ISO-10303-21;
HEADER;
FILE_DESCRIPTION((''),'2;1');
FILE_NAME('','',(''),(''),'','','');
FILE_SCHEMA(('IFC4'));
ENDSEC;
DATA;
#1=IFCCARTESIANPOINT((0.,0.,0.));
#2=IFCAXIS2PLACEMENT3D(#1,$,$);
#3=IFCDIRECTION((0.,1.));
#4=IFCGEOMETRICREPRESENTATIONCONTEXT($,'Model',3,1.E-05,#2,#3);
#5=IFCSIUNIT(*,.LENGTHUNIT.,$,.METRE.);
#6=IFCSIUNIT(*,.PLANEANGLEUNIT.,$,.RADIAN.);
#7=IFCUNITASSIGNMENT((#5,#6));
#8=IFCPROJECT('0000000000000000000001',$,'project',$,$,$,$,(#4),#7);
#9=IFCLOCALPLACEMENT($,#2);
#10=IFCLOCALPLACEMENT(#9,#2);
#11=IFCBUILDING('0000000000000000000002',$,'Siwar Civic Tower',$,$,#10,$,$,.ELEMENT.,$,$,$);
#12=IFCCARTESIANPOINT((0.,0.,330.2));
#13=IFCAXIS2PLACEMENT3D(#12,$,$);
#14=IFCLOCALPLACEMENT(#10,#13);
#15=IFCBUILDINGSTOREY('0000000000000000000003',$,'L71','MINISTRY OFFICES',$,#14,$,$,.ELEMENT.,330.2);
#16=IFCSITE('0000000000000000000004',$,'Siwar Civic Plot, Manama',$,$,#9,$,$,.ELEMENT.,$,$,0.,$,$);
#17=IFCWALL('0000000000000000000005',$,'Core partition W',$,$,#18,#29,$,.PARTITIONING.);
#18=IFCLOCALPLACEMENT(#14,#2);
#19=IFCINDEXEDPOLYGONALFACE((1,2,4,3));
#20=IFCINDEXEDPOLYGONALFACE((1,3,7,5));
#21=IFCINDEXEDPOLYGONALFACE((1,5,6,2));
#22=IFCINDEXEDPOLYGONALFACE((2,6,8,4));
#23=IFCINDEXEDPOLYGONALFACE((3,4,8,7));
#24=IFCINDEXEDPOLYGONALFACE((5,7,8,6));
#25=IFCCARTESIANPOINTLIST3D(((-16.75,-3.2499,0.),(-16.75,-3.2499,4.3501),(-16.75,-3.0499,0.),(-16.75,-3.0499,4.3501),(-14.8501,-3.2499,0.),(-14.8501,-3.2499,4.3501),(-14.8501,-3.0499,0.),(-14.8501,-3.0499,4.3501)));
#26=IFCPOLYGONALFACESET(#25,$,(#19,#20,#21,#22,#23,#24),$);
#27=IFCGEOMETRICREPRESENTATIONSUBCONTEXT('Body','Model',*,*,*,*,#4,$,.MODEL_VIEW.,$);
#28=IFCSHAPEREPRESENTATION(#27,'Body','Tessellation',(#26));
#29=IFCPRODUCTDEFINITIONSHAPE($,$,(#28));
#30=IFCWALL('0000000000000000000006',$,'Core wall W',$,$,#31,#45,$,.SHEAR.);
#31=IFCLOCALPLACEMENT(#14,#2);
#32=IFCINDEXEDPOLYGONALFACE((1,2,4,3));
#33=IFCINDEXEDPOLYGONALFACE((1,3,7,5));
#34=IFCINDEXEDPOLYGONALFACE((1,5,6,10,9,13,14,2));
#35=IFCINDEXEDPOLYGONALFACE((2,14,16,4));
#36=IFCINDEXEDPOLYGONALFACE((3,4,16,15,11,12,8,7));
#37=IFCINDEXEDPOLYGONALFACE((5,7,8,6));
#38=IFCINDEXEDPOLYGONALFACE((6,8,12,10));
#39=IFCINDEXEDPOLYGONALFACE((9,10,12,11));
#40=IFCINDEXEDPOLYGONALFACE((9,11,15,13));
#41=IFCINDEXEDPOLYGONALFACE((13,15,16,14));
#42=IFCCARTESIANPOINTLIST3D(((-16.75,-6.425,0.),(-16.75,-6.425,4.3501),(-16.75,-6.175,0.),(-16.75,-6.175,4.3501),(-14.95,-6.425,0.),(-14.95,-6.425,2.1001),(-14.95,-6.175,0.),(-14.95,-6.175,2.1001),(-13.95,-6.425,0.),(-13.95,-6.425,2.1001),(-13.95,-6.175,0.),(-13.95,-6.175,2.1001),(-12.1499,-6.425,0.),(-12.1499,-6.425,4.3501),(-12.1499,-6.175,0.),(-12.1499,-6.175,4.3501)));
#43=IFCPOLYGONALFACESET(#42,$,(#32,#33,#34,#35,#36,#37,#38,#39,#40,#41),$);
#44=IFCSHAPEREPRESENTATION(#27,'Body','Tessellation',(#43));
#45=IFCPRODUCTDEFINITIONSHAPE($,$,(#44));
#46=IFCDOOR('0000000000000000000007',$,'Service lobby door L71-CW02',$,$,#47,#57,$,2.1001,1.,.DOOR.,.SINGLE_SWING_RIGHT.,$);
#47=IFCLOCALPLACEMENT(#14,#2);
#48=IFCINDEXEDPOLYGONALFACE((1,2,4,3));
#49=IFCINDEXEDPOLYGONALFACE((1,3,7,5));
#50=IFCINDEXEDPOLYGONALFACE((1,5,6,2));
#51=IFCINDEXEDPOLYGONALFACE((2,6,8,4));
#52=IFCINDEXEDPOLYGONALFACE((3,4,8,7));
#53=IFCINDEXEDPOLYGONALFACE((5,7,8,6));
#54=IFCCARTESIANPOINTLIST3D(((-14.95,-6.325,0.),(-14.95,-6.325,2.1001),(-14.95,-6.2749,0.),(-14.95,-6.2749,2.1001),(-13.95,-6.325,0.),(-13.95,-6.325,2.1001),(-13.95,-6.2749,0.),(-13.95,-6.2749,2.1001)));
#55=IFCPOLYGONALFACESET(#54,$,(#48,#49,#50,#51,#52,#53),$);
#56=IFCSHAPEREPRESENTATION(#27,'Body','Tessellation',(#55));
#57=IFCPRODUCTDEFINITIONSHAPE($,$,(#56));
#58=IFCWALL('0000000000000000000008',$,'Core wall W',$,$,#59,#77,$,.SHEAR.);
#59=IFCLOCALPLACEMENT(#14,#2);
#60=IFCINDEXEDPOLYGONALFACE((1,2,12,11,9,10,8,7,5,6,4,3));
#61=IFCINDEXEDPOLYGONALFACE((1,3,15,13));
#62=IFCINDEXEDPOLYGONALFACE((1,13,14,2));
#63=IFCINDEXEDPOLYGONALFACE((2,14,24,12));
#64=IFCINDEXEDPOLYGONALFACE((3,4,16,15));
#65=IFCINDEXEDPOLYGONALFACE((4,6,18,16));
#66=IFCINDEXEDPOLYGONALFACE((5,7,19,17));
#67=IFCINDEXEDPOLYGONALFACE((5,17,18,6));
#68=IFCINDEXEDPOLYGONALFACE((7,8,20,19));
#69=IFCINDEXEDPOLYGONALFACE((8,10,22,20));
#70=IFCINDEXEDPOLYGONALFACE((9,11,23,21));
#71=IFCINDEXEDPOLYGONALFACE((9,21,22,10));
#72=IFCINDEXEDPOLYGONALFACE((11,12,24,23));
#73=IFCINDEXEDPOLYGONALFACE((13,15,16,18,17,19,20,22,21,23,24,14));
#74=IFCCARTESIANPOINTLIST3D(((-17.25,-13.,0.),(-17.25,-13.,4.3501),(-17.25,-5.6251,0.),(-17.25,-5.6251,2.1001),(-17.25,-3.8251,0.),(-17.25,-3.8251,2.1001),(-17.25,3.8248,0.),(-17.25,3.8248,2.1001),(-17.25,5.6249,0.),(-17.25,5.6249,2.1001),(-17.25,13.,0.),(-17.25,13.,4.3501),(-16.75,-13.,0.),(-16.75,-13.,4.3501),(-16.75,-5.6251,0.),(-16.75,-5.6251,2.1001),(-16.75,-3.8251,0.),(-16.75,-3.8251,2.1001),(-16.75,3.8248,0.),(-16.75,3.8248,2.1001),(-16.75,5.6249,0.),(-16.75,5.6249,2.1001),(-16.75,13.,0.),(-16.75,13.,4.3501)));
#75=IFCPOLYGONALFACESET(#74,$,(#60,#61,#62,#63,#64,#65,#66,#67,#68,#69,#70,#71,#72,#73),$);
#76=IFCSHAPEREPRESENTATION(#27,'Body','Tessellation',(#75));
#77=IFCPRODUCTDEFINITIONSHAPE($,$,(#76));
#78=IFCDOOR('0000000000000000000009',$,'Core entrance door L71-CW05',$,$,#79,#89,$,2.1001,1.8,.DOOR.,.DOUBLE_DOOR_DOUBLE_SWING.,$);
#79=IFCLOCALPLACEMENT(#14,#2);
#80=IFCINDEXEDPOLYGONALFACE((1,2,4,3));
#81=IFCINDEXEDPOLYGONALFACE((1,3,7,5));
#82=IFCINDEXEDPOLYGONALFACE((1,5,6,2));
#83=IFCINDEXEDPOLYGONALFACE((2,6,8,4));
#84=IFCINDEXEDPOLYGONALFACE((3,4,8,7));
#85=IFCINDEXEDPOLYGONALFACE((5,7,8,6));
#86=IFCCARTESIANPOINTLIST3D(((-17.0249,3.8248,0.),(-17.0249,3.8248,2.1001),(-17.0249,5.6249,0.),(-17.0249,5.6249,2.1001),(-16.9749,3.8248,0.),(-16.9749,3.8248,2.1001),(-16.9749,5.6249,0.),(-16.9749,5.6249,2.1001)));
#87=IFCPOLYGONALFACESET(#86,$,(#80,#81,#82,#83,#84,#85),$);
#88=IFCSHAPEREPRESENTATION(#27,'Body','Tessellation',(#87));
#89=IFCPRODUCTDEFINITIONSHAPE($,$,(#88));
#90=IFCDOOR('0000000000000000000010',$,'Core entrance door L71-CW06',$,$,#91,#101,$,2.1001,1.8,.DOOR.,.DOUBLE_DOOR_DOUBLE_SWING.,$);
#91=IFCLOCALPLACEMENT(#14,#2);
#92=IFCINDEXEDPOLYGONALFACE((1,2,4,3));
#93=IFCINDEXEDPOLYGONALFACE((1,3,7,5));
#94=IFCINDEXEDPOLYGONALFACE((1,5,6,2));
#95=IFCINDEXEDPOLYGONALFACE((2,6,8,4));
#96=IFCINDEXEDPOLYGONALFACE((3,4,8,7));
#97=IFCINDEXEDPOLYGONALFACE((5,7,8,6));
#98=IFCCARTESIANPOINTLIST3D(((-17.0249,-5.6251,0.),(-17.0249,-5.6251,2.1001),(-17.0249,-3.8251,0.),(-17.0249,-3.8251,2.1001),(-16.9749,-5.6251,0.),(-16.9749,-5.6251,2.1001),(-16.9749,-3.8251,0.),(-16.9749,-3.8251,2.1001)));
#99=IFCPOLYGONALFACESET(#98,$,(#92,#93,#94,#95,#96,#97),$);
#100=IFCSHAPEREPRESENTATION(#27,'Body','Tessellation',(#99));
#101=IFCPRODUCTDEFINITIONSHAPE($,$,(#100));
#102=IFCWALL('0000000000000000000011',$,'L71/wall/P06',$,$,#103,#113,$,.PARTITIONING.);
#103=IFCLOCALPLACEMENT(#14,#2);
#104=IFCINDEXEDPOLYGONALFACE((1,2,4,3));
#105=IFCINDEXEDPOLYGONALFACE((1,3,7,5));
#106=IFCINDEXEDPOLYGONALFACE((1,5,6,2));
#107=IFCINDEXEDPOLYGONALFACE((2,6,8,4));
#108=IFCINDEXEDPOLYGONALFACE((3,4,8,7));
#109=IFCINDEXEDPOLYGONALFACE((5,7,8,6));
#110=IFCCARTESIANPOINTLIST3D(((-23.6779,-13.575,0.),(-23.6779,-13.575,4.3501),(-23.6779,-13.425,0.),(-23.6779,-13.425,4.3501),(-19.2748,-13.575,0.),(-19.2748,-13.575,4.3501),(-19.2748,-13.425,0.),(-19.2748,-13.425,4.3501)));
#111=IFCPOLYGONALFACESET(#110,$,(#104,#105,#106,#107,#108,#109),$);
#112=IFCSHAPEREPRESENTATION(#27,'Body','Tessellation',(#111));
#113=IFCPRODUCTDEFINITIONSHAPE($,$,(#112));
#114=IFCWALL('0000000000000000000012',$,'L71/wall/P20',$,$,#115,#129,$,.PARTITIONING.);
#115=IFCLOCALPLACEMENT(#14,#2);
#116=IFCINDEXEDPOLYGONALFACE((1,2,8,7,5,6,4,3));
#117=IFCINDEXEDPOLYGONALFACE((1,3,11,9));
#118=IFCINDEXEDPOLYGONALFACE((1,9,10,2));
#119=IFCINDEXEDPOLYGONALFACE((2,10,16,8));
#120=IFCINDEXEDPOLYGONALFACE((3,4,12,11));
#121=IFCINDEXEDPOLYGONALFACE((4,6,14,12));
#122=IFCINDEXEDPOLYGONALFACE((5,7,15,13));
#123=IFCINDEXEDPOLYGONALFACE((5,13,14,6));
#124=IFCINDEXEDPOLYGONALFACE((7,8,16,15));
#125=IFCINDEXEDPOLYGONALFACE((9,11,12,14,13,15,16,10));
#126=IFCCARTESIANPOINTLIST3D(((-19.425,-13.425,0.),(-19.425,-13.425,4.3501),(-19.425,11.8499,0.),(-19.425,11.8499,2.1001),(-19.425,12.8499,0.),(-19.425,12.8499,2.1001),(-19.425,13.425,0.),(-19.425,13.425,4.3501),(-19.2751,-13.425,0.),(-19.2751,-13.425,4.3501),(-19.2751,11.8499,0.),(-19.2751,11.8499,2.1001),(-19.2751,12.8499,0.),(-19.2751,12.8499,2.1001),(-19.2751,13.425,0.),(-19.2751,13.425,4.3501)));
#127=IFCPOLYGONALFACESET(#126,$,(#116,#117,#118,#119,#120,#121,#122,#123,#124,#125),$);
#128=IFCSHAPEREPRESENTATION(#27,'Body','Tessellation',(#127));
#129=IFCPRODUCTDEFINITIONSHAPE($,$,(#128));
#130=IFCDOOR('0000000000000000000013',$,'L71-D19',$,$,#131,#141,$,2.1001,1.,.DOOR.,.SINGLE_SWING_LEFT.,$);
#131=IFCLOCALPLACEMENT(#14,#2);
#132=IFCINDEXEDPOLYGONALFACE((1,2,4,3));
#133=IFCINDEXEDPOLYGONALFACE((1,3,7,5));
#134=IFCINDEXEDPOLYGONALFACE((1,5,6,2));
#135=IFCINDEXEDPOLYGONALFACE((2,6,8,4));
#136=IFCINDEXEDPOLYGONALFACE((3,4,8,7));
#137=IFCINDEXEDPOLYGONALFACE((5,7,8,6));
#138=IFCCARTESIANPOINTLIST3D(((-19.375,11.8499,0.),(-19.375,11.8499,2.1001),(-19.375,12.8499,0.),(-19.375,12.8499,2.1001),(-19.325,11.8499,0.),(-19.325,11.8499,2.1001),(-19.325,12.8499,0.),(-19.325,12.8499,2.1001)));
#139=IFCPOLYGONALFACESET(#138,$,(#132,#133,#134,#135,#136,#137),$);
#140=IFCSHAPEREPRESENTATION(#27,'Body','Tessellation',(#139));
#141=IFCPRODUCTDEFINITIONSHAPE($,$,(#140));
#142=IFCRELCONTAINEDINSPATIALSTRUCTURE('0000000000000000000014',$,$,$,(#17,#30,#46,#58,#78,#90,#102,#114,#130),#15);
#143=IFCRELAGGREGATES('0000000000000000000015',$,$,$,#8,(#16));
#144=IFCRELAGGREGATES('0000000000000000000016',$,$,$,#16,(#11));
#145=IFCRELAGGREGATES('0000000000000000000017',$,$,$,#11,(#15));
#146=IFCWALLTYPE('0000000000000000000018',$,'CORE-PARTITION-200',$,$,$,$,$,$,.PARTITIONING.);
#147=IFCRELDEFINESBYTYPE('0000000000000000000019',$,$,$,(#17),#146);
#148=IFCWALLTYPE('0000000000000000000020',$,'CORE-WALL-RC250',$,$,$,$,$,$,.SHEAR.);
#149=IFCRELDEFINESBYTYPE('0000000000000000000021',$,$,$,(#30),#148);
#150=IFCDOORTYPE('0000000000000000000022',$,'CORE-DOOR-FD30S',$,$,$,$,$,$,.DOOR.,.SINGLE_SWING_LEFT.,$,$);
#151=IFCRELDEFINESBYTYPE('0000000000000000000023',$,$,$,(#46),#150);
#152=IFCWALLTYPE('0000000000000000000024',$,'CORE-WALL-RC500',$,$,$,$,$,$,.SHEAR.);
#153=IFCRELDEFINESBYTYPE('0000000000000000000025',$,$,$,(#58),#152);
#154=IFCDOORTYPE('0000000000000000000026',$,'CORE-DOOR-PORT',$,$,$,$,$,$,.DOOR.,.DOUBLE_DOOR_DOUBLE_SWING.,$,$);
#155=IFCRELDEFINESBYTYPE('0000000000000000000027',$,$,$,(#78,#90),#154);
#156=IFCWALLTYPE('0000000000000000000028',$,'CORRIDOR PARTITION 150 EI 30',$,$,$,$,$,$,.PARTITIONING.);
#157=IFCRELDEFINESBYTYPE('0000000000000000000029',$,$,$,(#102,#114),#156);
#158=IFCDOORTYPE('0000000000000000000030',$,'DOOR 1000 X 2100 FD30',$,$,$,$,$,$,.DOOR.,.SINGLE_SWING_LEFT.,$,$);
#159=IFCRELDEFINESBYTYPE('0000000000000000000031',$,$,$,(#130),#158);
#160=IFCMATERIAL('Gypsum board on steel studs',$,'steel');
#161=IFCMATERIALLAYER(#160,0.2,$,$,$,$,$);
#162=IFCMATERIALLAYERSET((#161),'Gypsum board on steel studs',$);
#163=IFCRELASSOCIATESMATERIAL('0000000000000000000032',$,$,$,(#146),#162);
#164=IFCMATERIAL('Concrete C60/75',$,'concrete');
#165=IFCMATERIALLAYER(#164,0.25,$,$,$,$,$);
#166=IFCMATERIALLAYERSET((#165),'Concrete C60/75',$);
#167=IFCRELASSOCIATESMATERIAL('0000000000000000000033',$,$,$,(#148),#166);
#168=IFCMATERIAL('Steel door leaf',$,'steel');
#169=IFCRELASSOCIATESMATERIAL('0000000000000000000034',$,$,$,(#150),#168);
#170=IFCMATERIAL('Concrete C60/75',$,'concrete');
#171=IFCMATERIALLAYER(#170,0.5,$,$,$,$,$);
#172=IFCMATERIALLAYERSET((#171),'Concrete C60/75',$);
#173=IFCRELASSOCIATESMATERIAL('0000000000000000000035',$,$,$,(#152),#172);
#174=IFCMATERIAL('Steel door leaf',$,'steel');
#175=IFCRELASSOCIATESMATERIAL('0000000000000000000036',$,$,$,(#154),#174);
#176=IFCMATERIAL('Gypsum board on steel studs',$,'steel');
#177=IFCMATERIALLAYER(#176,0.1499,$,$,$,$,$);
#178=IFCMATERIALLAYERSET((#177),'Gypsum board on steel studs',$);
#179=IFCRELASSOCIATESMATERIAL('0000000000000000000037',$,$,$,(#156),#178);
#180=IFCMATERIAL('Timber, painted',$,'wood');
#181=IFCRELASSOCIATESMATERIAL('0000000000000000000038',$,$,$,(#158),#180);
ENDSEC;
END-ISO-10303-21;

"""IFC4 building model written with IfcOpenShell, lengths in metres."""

from ifc_helpers import new_model, si_unit, direction, frame, frame_2d, origin, place, context, subcontext, project, spatial, rectangle, extrude, material, layer, layer_set, type_object, element, fill, save


model = new_model("IFC4")

# Units and contexts
model_context = context("Model", 3, precision=1e-05, world=origin(), true_north=direction((0.0, 1.0)))
body_context = subcontext(model_context, "Body", "Model", "MODEL_VIEW")
ifc_project = project(units=[si_unit("LENGTHUNIT", "METRE"), si_unit("PLANEANGLEUNIT", "RADIAN")], contexts=[model_context])

# Site, building, storey
site_placement = place(None, origin())
site = spatial("IfcSite", under=ifc_project, at=site_placement, Name="Siwar Civic Plot, Manama", CompositionType="ELEMENT", RefElevation=0.0)
building_placement = place(site_placement, origin())
building = spatial("IfcBuilding", under=site, at=building_placement, Name="Siwar Civic Tower", CompositionType="ELEMENT")
storey_placement = place(building_placement, frame((0.0, 0.0, 330.2)))
storey = spatial("IfcBuildingStorey", under=building, at=storey_placement, Name="L71", Description="MINISTRY OFFICES", CompositionType="ELEMENT", Elevation=330.2)

# Shared definitions
ifc_material_1 = material(Name="Gypsum board on steel studs", Category="steel")
ifc_layer_1 = layer(ifc_material_1, 0.2)
ifc_layer_set_1 = layer_set([ifc_layer_1], Name="Gypsum board on steel studs")
wall_type_1 = type_object("IfcWallType", Name="CORE-PARTITION-200", PredefinedType="PARTITIONING", material=ifc_layer_set_1)

# Wall
wall_1_placement = place(storey_placement, frame((-14.8501, -3.1499, 0.0), z_axis=(0.0, 0.0, 1.0), x_axis=(-1.0, 0.0, 0.0)))
element("IfcWall", 1, at=wall_1_placement, inside=storey, type_object=wall_type_1, Name="Core partition W", PredefinedType="PARTITIONING", context=body_context, shape_type="SweptSolid", body=[
    extrude(rectangle(XDim=1.8999, YDim=0.2, at=frame_2d((0.95, 0.0))), origin(), (0.0, 0.0, 1.0), 4.3501),
])

# Wall, opening, door
ifc_material_2 = material(Name="Concrete C60/75", Category="concrete")
ifc_layer_2 = layer(ifc_material_2, 0.25)
ifc_layer_set_2 = layer_set([ifc_layer_2], Name="Concrete C60/75")
wall_type_2 = type_object("IfcWallType", Name="CORE-WALL-RC250", PredefinedType="SHEAR", material=ifc_layer_set_2)
wall_2_placement = place(storey_placement, frame((-12.1499, -6.3, 0.0), z_axis=(0.0, 0.0, 1.0), x_axis=(-1.0, 0.0, 0.0)))
wall_2 = element("IfcWall", 2, at=wall_2_placement, inside=storey, type_object=wall_type_2, Name="Core wall W", PredefinedType="SHEAR", context=body_context, shape_type="SweptSolid", body=[
    extrude(rectangle(XDim=4.6001, YDim=0.25, at=frame_2d((2.3, 0.0))), origin(), (0.0, 0.0, 1.0), 4.3501),
])
opening_1_placement = place(wall_2_placement, frame((1.8, 0.0, 0.0)))
opening_1 = element("IfcOpeningElement", 3, at=opening_1_placement, cuts=wall_2, PredefinedType="OPENING", context=body_context, shape_type="SweptSolid", body=[
    extrude(rectangle(XDim=1.0, YDim=2.1001, at=frame_2d((0.5, 1.05))), frame((0.0, 0.135, 0.0), z_axis=(0.0, -1.0, 0.0), x_axis=(1.0, 0.0, 0.0)), (0.0, 0.0, 1.0), 0.27),
])
ifc_material_3 = material(Name="Steel door leaf", Category="steel")
door_type_1 = type_object("IfcDoorType", Name="CORE-DOOR-FD30S", OperationType="SINGLE_SWING_LEFT", PredefinedType="DOOR", material=ifc_material_3)
door_1_placement = place(opening_1_placement, origin())
door_1 = element("IfcDoor", 4, at=door_1_placement, inside=storey, type_object=door_type_1, Name="Service lobby door L71-CW02", OperationType="SINGLE_SWING_RIGHT", OverallHeight=2.1001, OverallWidth=1.0, PredefinedType="DOOR", context=body_context, shape_type="SweptSolid", body=[
    extrude(rectangle(XDim=1.0, YDim=2.1001, at=frame_2d((0.5, 1.05))), frame((0.0, 0.0249, 0.0), z_axis=(0.0, -1.0, 0.0), x_axis=(1.0, 0.0, 0.0)), (0.0, 0.0, 1.0), 0.05),
])
fill(opening_1, door_1)

# Wall, openings, doors
ifc_material_4 = material(Name="Concrete C60/75", Category="concrete")
ifc_layer_3 = layer(ifc_material_4, 0.5)
ifc_layer_set_3 = layer_set([ifc_layer_3], Name="Concrete C60/75")
wall_type_3 = type_object("IfcWallType", Name="CORE-WALL-RC500", PredefinedType="SHEAR", material=ifc_layer_set_3)
wall_3_placement = place(storey_placement, frame((-17.0, -13.0, 0.0), z_axis=(0.0, 0.0, 1.0), x_axis=(0.0, 1.0, 0.0)))
wall_3 = element("IfcWall", 5, at=wall_3_placement, inside=storey, type_object=wall_type_3, Name="Core wall W", PredefinedType="SHEAR", context=body_context, shape_type="SweptSolid", body=[
    extrude(rectangle(XDim=26.0, YDim=0.5, at=frame_2d((13.0, 0.0))), origin(), (0.0, 0.0, 1.0), 4.3501),
])
opening_2_placement = place(wall_3_placement, frame((16.825, 0.0, 0.0)))
opening_2 = element("IfcOpeningElement", 6, at=opening_2_placement, cuts=wall_3, PredefinedType="OPENING", context=body_context, shape_type="SweptSolid", body=[
    extrude(rectangle(XDim=1.8, YDim=2.1001, at=frame_2d((0.8999, 1.05))), frame((0.0, 0.26, 0.0), z_axis=(0.0, -1.0, 0.0), x_axis=(1.0, 0.0, 0.0)), (0.0, 0.0, 1.0), 0.52),
])
opening_3_placement = place(wall_3_placement, frame((7.375, 0.0, 0.0)))
opening_3 = element("IfcOpeningElement", 7, at=opening_3_placement, cuts=wall_3, PredefinedType="OPENING", context=body_context, shape_type="SweptSolid", body=[
    extrude(rectangle(XDim=1.8, YDim=2.1001, at=frame_2d((0.8999, 1.05))), frame((0.0, 0.26, 0.0), z_axis=(0.0, -1.0, 0.0), x_axis=(1.0, 0.0, 0.0)), (0.0, 0.0, 1.0), 0.52),
])
ifc_material_5 = material(Name="Steel door leaf", Category="steel")
door_type_2 = type_object("IfcDoorType", Name="CORE-DOOR-PORT", OperationType="DOUBLE_DOOR_DOUBLE_SWING", PredefinedType="DOOR", material=ifc_material_5)
door_2_placement = place(opening_2_placement, origin())
door_2 = element("IfcDoor", 8, at=door_2_placement, inside=storey, type_object=door_type_2, Name="Core entrance door L71-CW05", OperationType="DOUBLE_DOOR_DOUBLE_SWING", OverallHeight=2.1001, OverallWidth=1.8, PredefinedType="DOOR", context=body_context, shape_type="SweptSolid", body=[
    extrude(rectangle(XDim=1.8, YDim=2.1001, at=frame_2d((0.8999, 1.05))), frame((0.0, 0.0249, 0.0), z_axis=(0.0, -1.0, 0.0), x_axis=(1.0, 0.0, 0.0)), (0.0, 0.0, 1.0), 0.05),
])
fill(opening_2, door_2)
door_3_placement = place(opening_3_placement, origin())
door_3 = element("IfcDoor", 9, at=door_3_placement, inside=storey, type_object=door_type_2, Name="Core entrance door L71-CW06", OperationType="DOUBLE_DOOR_DOUBLE_SWING", OverallHeight=2.1001, OverallWidth=1.8, PredefinedType="DOOR", context=body_context, shape_type="SweptSolid", body=[
    extrude(rectangle(XDim=1.8, YDim=2.1001, at=frame_2d((0.8999, 1.05))), frame((0.0, 0.0249, 0.0), z_axis=(0.0, -1.0, 0.0), x_axis=(1.0, 0.0, 0.0)), (0.0, 0.0, 1.0), 0.05),
])
fill(opening_3, door_3)

# Wall
ifc_material_6 = material(Name="Gypsum board on steel studs", Category="steel")
ifc_layer_4 = layer(ifc_material_6, 0.1499)
ifc_layer_set_4 = layer_set([ifc_layer_4], Name="Gypsum board on steel studs")
wall_type_4 = type_object("IfcWallType", Name="CORRIDOR PARTITION 150 EI 30", PredefinedType="PARTITIONING", material=ifc_layer_set_4)
wall_4_placement = place(storey_placement, frame((-23.678, -13.5, 0.0), z_axis=(0.0, 0.0, 1.0), x_axis=(1.0, 0.0, 0.0)))
element("IfcWall", 10, at=wall_4_placement, inside=storey, type_object=wall_type_4, Name="L71/wall/P06", PredefinedType="PARTITIONING", context=body_context, shape_type="SweptSolid", body=[
    extrude(rectangle(XDim=4.4031, YDim=0.1499, at=frame_2d((2.2017, 0.0))), origin(), (0.0, 0.0, 1.0), 4.3501),
])

# Wall, opening, door
wall_5_placement = place(storey_placement, frame((-19.3501, -13.425, 0.0), z_axis=(0.0, 0.0, 1.0), x_axis=(0.0, 1.0, 0.0)))
wall_5 = element("IfcWall", 11, at=wall_5_placement, inside=storey, type_object=wall_type_4, Name="L71/wall/P20", PredefinedType="PARTITIONING", context=body_context, shape_type="SweptSolid", body=[
    extrude(rectangle(XDim=26.8501, YDim=0.1499, at=frame_2d((13.425, 0.0))), origin(), (0.0, 0.0, 1.0), 4.3501),
])
opening_4_placement = place(wall_5_placement, frame((25.2749, 0.0, 0.0)))
opening_4 = element("IfcOpeningElement", 12, at=opening_4_placement, cuts=wall_5, PredefinedType="OPENING", context=body_context, shape_type="SweptSolid", body=[
    extrude(rectangle(XDim=1.0, YDim=2.1001, at=frame_2d((0.5, 1.05))), frame((0.0, 0.085, 0.0), z_axis=(0.0, -1.0, 0.0), x_axis=(1.0, 0.0, 0.0)), (0.0, 0.0, 1.0), 0.1699),
])
ifc_material_7 = material(Name="Timber, painted", Category="wood")
door_type_3 = type_object("IfcDoorType", Name="DOOR 1000 X 2100 FD30", OperationType="SINGLE_SWING_LEFT", PredefinedType="DOOR", material=ifc_material_7)
door_4_placement = place(opening_4_placement, origin())
door_4 = element("IfcDoor", 13, at=door_4_placement, inside=storey, type_object=door_type_3, Name="L71-D19", OperationType="SINGLE_SWING_LEFT", OverallHeight=2.1001, OverallWidth=1.0, PredefinedType="DOOR", context=body_context, shape_type="SweptSolid", body=[
    extrude(rectangle(XDim=1.0, YDim=2.1001, at=frame_2d((0.5, 1.05))), frame((0.0, 0.0249, 0.0), z_axis=(0.0, -1.0, 0.0), x_axis=(1.0, 0.0, 0.0)), (0.0, 0.0, 1.0), 0.05),
])
fill(opening_4, door_4)

save(model, "model.ifc")
